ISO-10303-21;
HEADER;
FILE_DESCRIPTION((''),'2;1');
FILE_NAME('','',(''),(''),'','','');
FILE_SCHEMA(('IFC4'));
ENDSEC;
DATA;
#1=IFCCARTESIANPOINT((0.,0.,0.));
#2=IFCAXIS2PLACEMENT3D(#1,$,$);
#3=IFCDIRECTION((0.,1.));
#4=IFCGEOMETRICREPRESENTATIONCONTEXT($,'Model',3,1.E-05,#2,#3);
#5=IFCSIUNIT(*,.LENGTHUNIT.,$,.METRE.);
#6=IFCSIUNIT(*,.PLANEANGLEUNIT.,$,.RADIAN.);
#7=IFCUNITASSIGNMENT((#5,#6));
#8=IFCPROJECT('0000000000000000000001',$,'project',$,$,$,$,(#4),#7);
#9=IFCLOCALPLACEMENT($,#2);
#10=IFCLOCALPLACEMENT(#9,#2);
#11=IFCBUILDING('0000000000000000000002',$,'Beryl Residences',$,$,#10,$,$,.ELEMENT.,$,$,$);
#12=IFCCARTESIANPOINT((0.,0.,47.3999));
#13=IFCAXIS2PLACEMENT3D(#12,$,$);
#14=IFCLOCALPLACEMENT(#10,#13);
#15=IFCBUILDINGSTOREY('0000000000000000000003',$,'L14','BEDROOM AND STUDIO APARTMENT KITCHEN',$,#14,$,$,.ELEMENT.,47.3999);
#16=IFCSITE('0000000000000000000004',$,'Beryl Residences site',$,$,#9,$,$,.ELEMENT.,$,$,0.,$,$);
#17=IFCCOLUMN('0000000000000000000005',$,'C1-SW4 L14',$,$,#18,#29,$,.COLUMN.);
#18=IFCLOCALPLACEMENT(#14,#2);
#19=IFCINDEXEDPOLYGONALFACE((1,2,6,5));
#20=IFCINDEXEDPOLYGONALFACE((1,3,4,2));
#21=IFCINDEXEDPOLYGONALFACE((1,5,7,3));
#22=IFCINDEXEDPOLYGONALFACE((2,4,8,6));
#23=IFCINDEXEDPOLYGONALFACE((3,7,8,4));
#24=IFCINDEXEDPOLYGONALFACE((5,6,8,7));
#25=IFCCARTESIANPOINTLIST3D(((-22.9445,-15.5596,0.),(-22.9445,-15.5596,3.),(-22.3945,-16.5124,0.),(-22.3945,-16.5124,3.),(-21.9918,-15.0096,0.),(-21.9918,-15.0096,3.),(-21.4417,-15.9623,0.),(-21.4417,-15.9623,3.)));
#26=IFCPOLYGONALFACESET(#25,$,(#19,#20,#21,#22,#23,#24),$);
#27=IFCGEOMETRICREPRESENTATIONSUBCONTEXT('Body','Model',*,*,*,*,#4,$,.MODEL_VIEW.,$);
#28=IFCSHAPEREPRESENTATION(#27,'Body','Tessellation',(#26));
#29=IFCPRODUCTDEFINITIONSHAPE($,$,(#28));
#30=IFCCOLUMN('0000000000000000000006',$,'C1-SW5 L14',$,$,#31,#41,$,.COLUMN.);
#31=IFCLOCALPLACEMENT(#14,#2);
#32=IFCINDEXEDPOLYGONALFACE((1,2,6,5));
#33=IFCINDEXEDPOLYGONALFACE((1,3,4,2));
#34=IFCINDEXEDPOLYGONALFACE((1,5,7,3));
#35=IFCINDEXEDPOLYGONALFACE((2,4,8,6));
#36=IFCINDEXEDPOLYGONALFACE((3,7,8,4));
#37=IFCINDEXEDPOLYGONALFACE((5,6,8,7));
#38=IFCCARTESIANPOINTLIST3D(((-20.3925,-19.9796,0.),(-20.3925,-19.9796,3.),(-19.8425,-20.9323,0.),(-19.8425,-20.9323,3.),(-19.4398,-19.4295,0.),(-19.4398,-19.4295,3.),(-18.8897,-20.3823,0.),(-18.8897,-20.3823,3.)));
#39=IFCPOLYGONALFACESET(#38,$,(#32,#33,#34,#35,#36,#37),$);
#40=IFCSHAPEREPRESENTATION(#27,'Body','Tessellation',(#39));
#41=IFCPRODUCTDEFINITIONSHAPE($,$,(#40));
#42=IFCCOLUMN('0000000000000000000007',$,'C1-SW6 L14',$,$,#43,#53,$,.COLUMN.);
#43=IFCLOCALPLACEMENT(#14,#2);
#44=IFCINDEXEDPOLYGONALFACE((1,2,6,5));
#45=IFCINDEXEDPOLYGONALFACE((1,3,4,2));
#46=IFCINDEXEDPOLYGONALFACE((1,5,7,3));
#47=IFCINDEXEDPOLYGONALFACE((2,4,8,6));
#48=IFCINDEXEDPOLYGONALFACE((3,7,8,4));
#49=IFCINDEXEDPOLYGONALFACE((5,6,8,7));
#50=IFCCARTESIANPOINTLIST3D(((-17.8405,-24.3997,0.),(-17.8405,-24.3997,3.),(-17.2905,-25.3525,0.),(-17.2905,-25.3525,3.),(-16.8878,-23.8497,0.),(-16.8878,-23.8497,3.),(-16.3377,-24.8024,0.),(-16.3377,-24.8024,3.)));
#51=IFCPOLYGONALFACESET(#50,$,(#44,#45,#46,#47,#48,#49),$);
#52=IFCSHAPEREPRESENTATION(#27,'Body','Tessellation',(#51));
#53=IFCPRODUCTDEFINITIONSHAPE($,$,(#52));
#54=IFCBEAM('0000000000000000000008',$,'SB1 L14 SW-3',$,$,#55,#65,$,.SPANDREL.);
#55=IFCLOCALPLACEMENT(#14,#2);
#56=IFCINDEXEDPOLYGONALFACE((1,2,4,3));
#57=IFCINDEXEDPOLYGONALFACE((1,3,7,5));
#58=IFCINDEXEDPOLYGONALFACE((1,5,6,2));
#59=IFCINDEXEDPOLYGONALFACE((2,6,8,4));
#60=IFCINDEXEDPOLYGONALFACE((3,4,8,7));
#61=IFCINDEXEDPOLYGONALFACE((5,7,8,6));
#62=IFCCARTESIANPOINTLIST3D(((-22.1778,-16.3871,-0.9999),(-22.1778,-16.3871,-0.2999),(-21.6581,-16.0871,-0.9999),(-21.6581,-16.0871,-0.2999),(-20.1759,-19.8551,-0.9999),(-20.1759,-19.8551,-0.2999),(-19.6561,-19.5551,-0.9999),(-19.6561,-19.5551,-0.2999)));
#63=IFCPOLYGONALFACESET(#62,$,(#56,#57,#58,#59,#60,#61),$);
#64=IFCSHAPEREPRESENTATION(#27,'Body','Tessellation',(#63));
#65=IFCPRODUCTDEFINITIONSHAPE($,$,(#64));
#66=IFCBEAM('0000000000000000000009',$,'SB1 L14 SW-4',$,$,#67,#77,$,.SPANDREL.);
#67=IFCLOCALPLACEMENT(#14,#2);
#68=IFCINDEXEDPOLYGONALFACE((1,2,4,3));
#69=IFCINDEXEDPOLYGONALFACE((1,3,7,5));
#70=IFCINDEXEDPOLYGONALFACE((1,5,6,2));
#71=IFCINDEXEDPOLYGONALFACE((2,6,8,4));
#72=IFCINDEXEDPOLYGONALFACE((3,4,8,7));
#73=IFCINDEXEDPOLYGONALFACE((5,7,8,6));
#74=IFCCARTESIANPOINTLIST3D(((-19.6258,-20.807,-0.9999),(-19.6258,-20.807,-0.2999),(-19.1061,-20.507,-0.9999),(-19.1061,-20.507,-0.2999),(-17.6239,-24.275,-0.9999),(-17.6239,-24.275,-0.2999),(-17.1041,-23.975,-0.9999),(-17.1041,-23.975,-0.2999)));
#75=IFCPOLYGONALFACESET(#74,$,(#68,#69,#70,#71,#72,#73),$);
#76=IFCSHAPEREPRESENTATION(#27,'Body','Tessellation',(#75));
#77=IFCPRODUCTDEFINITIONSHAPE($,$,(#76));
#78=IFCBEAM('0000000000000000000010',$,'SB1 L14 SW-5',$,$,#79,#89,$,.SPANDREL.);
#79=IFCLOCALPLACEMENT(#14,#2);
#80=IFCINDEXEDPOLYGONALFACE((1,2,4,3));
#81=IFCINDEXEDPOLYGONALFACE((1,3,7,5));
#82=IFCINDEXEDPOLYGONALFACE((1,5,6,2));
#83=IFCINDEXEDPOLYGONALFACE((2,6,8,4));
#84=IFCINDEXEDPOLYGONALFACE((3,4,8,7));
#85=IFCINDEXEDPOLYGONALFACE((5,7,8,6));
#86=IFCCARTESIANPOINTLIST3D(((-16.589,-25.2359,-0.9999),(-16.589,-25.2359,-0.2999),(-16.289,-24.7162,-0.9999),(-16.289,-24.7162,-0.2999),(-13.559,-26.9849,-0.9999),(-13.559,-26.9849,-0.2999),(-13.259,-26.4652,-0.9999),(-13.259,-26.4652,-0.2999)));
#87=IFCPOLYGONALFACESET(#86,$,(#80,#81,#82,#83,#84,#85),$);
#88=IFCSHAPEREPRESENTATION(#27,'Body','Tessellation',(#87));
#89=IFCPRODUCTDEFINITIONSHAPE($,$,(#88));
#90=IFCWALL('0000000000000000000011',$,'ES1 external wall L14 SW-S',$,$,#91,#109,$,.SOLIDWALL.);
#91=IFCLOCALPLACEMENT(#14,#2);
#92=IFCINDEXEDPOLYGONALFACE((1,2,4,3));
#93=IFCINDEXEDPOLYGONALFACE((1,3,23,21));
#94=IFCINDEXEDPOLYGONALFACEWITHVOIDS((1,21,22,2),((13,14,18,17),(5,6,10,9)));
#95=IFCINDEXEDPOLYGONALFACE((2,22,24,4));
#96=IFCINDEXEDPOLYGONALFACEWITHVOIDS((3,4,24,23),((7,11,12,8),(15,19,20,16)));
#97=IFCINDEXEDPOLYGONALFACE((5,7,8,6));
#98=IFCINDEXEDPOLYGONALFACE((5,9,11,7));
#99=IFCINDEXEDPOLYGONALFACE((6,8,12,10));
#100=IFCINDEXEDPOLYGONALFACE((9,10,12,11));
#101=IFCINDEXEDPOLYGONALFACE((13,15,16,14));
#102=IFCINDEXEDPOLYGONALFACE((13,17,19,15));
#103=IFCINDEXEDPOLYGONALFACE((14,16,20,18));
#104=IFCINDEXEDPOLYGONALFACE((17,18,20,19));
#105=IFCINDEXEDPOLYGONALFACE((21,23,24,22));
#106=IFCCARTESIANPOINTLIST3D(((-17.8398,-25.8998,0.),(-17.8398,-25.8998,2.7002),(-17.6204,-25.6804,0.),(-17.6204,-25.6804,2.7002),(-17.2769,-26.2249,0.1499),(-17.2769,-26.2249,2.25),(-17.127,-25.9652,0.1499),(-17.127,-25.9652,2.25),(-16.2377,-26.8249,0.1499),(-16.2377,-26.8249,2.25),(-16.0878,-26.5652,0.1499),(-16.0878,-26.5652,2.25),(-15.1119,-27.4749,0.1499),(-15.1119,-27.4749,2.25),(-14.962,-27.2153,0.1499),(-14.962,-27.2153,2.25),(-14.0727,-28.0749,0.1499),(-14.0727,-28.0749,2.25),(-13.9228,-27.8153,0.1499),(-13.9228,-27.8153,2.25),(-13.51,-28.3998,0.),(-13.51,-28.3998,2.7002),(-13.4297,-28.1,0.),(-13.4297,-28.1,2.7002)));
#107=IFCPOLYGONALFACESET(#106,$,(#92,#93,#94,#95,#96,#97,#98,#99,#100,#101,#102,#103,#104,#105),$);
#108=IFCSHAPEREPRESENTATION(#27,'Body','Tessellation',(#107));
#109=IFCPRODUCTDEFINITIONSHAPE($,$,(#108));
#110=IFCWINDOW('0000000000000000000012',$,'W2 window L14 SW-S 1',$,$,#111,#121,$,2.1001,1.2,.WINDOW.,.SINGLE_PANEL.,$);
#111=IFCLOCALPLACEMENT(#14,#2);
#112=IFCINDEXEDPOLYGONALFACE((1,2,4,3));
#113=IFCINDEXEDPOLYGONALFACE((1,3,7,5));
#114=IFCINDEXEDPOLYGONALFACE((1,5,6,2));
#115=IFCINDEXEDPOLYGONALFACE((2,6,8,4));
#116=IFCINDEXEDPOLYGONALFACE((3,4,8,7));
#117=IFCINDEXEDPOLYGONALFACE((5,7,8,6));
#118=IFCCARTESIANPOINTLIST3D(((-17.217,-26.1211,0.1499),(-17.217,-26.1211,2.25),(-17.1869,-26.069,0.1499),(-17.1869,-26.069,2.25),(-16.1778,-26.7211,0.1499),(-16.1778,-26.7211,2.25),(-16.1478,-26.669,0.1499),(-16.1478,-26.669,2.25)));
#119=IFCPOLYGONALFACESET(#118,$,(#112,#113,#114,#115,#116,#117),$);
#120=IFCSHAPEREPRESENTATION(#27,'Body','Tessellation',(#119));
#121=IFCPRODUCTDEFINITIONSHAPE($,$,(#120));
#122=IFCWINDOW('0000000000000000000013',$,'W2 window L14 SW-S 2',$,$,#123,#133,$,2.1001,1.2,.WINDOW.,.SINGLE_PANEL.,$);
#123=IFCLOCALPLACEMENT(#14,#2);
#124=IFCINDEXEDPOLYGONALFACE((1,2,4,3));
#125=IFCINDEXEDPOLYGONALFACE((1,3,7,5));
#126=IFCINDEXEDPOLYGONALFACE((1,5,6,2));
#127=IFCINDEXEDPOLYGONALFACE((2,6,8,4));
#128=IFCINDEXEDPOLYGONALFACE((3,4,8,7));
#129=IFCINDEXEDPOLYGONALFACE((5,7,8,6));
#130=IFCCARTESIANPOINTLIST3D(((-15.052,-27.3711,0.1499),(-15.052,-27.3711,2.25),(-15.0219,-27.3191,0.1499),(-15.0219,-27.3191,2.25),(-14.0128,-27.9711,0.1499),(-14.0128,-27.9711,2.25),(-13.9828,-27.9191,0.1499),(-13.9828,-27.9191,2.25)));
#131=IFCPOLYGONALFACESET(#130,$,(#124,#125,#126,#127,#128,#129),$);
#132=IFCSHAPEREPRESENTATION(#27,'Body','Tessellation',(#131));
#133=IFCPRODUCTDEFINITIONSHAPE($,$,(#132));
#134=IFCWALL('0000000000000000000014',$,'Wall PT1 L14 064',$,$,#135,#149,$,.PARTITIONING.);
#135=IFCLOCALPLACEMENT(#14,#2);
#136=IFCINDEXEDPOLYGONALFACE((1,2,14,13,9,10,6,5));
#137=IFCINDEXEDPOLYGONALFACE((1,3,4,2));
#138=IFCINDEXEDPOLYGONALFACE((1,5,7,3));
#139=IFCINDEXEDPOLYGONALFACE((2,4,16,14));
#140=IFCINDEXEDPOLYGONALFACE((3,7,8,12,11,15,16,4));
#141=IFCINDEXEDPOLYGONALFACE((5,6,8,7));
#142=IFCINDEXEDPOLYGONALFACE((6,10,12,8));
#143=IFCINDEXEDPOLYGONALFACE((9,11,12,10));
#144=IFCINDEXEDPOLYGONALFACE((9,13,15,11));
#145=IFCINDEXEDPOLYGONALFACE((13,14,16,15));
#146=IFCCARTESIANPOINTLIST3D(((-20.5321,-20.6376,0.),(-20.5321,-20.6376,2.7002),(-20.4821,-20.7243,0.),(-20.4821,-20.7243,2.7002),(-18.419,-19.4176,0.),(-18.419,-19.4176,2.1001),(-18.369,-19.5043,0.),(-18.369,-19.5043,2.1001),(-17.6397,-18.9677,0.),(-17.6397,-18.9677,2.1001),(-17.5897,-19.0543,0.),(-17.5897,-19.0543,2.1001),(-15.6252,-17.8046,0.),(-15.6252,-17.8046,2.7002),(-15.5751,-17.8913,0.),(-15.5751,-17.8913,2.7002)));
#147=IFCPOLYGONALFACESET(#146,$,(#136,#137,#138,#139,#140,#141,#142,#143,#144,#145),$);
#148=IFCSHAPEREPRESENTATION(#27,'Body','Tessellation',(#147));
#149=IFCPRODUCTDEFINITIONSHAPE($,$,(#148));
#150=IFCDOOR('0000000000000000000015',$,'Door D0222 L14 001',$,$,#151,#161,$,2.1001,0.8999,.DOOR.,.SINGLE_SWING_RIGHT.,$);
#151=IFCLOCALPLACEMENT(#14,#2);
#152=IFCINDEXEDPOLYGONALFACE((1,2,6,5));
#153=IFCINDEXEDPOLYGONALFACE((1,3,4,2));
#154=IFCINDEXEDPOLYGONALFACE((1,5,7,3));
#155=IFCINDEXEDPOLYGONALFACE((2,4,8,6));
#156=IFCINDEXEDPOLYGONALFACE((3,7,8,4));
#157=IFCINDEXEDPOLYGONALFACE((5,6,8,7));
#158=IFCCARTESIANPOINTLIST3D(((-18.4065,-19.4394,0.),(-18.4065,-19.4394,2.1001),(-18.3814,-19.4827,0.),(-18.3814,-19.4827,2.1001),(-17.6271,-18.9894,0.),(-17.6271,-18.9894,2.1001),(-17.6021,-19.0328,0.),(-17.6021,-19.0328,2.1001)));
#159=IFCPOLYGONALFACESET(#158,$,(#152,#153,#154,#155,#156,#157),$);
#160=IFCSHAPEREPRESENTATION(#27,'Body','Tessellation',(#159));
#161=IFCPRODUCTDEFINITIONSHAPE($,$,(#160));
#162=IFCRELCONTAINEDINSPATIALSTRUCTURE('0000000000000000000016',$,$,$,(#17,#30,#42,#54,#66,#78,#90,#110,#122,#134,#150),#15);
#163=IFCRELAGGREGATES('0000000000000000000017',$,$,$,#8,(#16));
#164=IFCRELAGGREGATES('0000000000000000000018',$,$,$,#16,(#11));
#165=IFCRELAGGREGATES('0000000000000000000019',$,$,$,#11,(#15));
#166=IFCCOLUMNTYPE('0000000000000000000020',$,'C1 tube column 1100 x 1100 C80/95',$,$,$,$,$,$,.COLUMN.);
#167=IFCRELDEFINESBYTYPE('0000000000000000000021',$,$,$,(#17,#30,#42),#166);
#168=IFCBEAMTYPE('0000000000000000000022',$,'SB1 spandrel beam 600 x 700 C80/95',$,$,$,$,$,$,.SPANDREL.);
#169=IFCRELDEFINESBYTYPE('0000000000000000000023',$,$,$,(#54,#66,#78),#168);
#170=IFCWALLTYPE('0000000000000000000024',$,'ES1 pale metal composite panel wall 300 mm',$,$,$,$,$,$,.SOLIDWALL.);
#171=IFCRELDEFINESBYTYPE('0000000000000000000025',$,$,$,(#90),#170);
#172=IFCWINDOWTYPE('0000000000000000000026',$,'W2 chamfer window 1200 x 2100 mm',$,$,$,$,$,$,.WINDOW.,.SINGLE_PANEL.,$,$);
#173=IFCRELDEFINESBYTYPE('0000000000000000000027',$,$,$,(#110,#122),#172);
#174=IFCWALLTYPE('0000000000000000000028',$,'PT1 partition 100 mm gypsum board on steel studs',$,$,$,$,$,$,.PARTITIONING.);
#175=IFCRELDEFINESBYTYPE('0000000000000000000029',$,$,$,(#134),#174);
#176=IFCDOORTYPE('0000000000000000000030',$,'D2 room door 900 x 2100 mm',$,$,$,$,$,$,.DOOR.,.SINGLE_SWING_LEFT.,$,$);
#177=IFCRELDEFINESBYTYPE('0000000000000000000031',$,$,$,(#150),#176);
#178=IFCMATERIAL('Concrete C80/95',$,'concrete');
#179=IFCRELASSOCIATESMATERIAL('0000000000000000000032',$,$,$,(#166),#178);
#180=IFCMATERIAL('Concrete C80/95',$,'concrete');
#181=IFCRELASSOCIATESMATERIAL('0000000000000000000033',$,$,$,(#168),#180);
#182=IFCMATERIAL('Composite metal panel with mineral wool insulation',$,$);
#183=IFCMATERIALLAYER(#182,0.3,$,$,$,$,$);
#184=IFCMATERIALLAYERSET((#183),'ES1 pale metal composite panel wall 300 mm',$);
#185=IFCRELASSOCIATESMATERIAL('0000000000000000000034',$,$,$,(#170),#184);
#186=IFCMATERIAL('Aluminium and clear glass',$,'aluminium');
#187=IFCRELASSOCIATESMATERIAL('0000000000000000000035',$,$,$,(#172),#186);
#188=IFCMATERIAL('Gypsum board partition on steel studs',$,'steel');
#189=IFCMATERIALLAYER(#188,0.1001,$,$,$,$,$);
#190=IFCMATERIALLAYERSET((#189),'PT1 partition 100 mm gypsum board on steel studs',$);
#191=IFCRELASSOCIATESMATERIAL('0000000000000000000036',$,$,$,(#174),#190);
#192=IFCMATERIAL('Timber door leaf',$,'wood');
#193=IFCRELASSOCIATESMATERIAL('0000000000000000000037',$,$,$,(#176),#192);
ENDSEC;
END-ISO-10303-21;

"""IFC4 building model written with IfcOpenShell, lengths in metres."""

from ifc_helpers import new_model, si_unit, direction, frame, frame_2d, origin, origin_2d, place, context, subcontext, project, spatial, polyline, rectangle, outline, extrude, material, layer, layer_set, material_profile, profile_set, type_object, element, fill, save


model = new_model("IFC4")

# Units and contexts
model_context = context("Model", 3, precision=1e-05, world=origin(), true_north=direction((0.0, 1.0)))
body_context = subcontext(model_context, "Body", "Model", "MODEL_VIEW")
ifc_project = project(units=[si_unit("LENGTHUNIT", "METRE"), si_unit("PLANEANGLEUNIT", "RADIAN")], contexts=[model_context])

# Site, building, storey
site_placement = place(None, origin())
site = spatial("IfcSite", under=ifc_project, at=site_placement, Name="Beryl Residences site", CompositionType="ELEMENT", RefElevation=0.0)
building_placement = place(site_placement, origin())
building = spatial("IfcBuilding", under=site, at=building_placement, Name="Beryl Residences", CompositionType="ELEMENT")
storey_placement = place(building_placement, frame((0.0, 0.0, 47.3999)))
storey = spatial("IfcBuildingStorey", under=building, at=storey_placement, Name="L14", Description="BEDROOM AND STUDIO APARTMENT KITCHEN", CompositionType="ELEMENT", Elevation=47.3999)

# Columns
ifc_material_1 = material(Name="Concrete C80/95", Category="concrete")
ifc_material_profile_1 = material_profile(ifc_material_1, rectangle(XDim=1.1001, YDim=1.1001, at=origin_2d()))
ifc_profile_set_1 = profile_set([ifc_material_profile_1], Name="Concrete C80/95")
column_type = type_object("IfcColumnType", Name="C1 tube column 1100 x 1100 C80/95", PredefinedType="COLUMN", material=ifc_profile_set_1)
for number, where, z_axis, x_axis, name in (
    (1, (-22.1931, -15.761, 0.0), (0.0, 0.0, 1.0), (0.499985, -0.866034, 0.0), "C1-SW4 L14"),
    (2, (-19.6411, -20.1809, 0.0), (0.0, 0.0, 1.0), (0.499985, -0.866034, 0.0), "C1-SW5 L14"),
    (3, (-17.0891, -24.6011, 0.0), (0.0, 0.0, 1.0), (0.499985, -0.866034, 0.0), "C1-SW6 L14"),
):
    element("IfcColumn", number, at=place(storey_placement, frame(where, z_axis=z_axis, x_axis=x_axis)), inside=storey, type_object=column_type, Name=name, PredefinedType="COLUMN", context=body_context, shape_type="SweptSolid", body=[
        extrude(rectangle(XDim=1.1001, YDim=1.1001, at=origin_2d()), origin(), (0.0, 0.0, 1.0), 3.0),
    ])

# Beams
ifc_material_2 = material(Name="Concrete C80/95", Category="concrete")
ifc_material_profile_2 = material_profile(ifc_material_2, rectangle(XDim=0.6001, YDim=0.7, at=origin_2d()))
ifc_profile_set_2 = profile_set([ifc_material_profile_2], Name="Concrete C80/95")
beam_type = type_object("IfcBeamType", Name="SB1 spandrel beam 600 x 700 C80/95", PredefinedType="SPANDREL", material=ifc_profile_set_2)
for number, where, z_axis, x_axis, name in (
    (4, (-21.918, -16.2371, -0.6499), (0.499942, -0.866059, 0.0), (0.866059, 0.499942, 0.0), "SB1 L14 SW-3"),
    (5, (-19.366, -20.657, -0.6499), (0.499942, -0.866059, 0.0), (0.866059, 0.499942, 0.0), "SB1 L14 SW-4"),
):
    element("IfcBeam", number, at=place(storey_placement, frame(where, z_axis=z_axis, x_axis=x_axis)), inside=storey, type_object=beam_type, Name=name, PredefinedType="SPANDREL", context=body_context, shape_type="SweptSolid", body=[
        extrude(rectangle(XDim=0.6001, YDim=0.7, at=origin_2d()), origin(), (0.0, 0.0, 1.0), 4.0044),
    ])
beam_placement = place(storey_placement, frame((-16.439, -24.9761, -0.6499), z_axis=(0.866071, -0.499922, 0.0), x_axis=(0.499922, 0.866071, 0.0)))
element("IfcBeam", 6, at=beam_placement, inside=storey, type_object=beam_type, Name="SB1 L14 SW-5", PredefinedType="SPANDREL", context=body_context, shape_type="SweptSolid", body=[
    extrude(rectangle(XDim=0.6001, YDim=0.7, at=origin_2d()), origin(), (0.0, 0.0, 1.0), 3.4985),
])

# Wall, openings, windows
ifc_material_3 = material(Name="Composite metal panel with mineral wool insulation")
ifc_layer_1 = layer(ifc_material_3, 0.3)
ifc_layer_set_1 = layer_set([ifc_layer_1], Name="ES1 pale metal composite panel wall 300 mm")
wall_type_1 = type_object("IfcWallType", Name="ES1 pale metal composite panel wall 300 mm", PredefinedType="SOLIDWALL", material=ifc_layer_set_1)
wall_1_placement = place(storey_placement, frame((-17.7649, -25.77, 0.0), z_axis=(0.0, 0.0, 1.0), x_axis=(0.866011, -0.500025, 0.0)))
wall_1 = element("IfcWall", 7, at=wall_1_placement, inside=storey, type_object=wall_type_1, Name="ES1 external wall L14 SW-S", PredefinedType="SOLIDWALL", context=body_context, shape_type="SweptSolid", body=[
    extrude(outline(polyline([(0.0, -0.1499), (4.9998, -0.1499), (4.9194, 0.1499), (0.0803, 0.1499), (0.0, -0.1499)])), origin(), (0.0, 0.0, 1.0), 2.7002),
])
opening_1_placement = place(wall_1_placement, frame((0.6499, 0.0, 0.1499)))
opening_1 = element("IfcOpeningElement", 8, at=opening_1_placement, cuts=wall_1, PredefinedType="OPENING", context=body_context, shape_type="SweptSolid", body=[
    extrude(rectangle(XDim=1.2, YDim=2.1001, at=frame_2d((0.6001, 1.05))), frame((0.0, 0.1599, 0.0), z_axis=(0.0, -1.0, 0.0), x_axis=(1.0, 0.0, 0.0)), (0.0, 0.0, 1.0), 0.3201),
])
opening_2_placement = place(wall_1_placement, frame((3.1499, 0.0, 0.1499)))
opening_2 = element("IfcOpeningElement", 9, at=opening_2_placement, cuts=wall_1, PredefinedType="OPENING", context=body_context, shape_type="SweptSolid", body=[
    extrude(rectangle(XDim=1.2, YDim=2.1001, at=frame_2d((0.6001, 1.05))), frame((0.0, 0.1599, 0.0), z_axis=(0.0, -1.0, 0.0), x_axis=(1.0, 0.0, 0.0)), (0.0, 0.0, 1.0), 0.3201),
])
ifc_material_4 = material(Name="Aluminium and clear glass", Category="aluminium")
window_type = type_object("IfcWindowType", Name="W2 chamfer window 1200 x 2100 mm", PartitioningType="SINGLE_PANEL", PredefinedType="WINDOW", material=ifc_material_4)
window_1_placement = place(opening_1_placement, origin())
window_1 = element("IfcWindow", 10, at=window_1_placement, inside=storey, type_object=window_type, Name="W2 window L14 SW-S 1", OverallHeight=2.1001, OverallWidth=1.2, PartitioningType="SINGLE_PANEL", PredefinedType="WINDOW", context=body_context, shape_type="SweptSolid", body=[
    extrude(rectangle(XDim=1.2, YDim=2.1001, at=frame_2d((0.6001, 1.05))), frame((0.0, 0.03, 0.0), z_axis=(0.0, -1.0, 0.0), x_axis=(1.0, 0.0, 0.0)), (0.0, 0.0, 1.0), 0.0601),
])
fill(opening_1, window_1)
window_2_placement = place(opening_2_placement, origin())
window_2 = element("IfcWindow", 11, at=window_2_placement, inside=storey, type_object=window_type, Name="W2 window L14 SW-S 2", OverallHeight=2.1001, OverallWidth=1.2, PartitioningType="SINGLE_PANEL", PredefinedType="WINDOW", context=body_context, shape_type="SweptSolid", body=[
    extrude(rectangle(XDim=1.2, YDim=2.1001, at=frame_2d((0.6001, 1.05))), frame((0.0, 0.03, 0.0), z_axis=(0.0, -1.0, 0.0), x_axis=(1.0, 0.0, 0.0)), (0.0, 0.0, 1.0), 0.0601),
])
fill(opening_2, window_2)

# Wall, opening, door
ifc_material_5 = material(Name="Gypsum board partition on steel studs", Category="steel")
ifc_layer_2 = layer(ifc_material_5, 0.1001)
ifc_layer_set_2 = layer_set([ifc_layer_2], Name="PT1 partition 100 mm gypsum board on steel studs")
wall_type_2 = type_object("IfcWallType", Name="PT1 partition 100 mm gypsum board on steel studs", PredefinedType="PARTITIONING", material=ifc_layer_set_2)
wall_2_placement = place(storey_placement, frame((-20.5071, -20.6809, 0.0), z_axis=(0.0, 0.0, 1.0), x_axis=(0.866028, 0.499995, 0.0)))
wall_2 = element("IfcWall", 12, at=wall_2_placement, inside=storey, type_object=wall_type_2, Name="Wall PT1 L14 064", PredefinedType="PARTITIONING", context=body_context, shape_type="SweptSolid", body=[
    extrude(rectangle(XDim=5.666, YDim=0.1001, at=frame_2d((2.833, 0.0))), origin(), (0.0, 0.0, 1.0), 2.7002),
])
opening_3_placement = place(wall_2_placement, frame((2.4399, 0.0, 0.0)))
opening_3 = element("IfcOpeningElement", 13, at=opening_3_placement, cuts=wall_2, PredefinedType="OPENING", context=body_context, shape_type="SweptSolid", body=[
    extrude(rectangle(XDim=0.8999, YDim=2.1001, at=frame_2d((0.45, 1.05))), frame((0.0, 0.0601, 0.0), z_axis=(0.0, -1.0, 0.0), x_axis=(1.0, 0.0, 0.0)), (0.0, 0.0, 1.0), 0.1201),
])
ifc_material_6 = material(Name="Timber door leaf", Category="wood")
door_type_1 = type_object("IfcDoorType", Name="D2 room door 900 x 2100 mm", OperationType="SINGLE_SWING_LEFT", PredefinedType="DOOR", material=ifc_material_6)
door_1_placement = place(opening_3_placement, origin())
door_1 = element("IfcDoor", 14, at=door_1_placement, inside=storey, type_object=door_type_1, Name="Door D0222 L14 001", OperationType="SINGLE_SWING_RIGHT", OverallHeight=2.1001, OverallWidth=0.8999, PredefinedType="DOOR", context=body_context, shape_type="SweptSolid", body=[
    extrude(rectangle(XDim=0.8999, YDim=2.1001, at=frame_2d((0.45, 1.05))), frame((0.0, 0.0249, 0.0), z_axis=(0.0, -1.0, 0.0), x_axis=(1.0, 0.0, 0.0)), (0.0, 0.0, 1.0), 0.05),
])
fill(opening_3, door_1)

save(model, "model.ifc")
